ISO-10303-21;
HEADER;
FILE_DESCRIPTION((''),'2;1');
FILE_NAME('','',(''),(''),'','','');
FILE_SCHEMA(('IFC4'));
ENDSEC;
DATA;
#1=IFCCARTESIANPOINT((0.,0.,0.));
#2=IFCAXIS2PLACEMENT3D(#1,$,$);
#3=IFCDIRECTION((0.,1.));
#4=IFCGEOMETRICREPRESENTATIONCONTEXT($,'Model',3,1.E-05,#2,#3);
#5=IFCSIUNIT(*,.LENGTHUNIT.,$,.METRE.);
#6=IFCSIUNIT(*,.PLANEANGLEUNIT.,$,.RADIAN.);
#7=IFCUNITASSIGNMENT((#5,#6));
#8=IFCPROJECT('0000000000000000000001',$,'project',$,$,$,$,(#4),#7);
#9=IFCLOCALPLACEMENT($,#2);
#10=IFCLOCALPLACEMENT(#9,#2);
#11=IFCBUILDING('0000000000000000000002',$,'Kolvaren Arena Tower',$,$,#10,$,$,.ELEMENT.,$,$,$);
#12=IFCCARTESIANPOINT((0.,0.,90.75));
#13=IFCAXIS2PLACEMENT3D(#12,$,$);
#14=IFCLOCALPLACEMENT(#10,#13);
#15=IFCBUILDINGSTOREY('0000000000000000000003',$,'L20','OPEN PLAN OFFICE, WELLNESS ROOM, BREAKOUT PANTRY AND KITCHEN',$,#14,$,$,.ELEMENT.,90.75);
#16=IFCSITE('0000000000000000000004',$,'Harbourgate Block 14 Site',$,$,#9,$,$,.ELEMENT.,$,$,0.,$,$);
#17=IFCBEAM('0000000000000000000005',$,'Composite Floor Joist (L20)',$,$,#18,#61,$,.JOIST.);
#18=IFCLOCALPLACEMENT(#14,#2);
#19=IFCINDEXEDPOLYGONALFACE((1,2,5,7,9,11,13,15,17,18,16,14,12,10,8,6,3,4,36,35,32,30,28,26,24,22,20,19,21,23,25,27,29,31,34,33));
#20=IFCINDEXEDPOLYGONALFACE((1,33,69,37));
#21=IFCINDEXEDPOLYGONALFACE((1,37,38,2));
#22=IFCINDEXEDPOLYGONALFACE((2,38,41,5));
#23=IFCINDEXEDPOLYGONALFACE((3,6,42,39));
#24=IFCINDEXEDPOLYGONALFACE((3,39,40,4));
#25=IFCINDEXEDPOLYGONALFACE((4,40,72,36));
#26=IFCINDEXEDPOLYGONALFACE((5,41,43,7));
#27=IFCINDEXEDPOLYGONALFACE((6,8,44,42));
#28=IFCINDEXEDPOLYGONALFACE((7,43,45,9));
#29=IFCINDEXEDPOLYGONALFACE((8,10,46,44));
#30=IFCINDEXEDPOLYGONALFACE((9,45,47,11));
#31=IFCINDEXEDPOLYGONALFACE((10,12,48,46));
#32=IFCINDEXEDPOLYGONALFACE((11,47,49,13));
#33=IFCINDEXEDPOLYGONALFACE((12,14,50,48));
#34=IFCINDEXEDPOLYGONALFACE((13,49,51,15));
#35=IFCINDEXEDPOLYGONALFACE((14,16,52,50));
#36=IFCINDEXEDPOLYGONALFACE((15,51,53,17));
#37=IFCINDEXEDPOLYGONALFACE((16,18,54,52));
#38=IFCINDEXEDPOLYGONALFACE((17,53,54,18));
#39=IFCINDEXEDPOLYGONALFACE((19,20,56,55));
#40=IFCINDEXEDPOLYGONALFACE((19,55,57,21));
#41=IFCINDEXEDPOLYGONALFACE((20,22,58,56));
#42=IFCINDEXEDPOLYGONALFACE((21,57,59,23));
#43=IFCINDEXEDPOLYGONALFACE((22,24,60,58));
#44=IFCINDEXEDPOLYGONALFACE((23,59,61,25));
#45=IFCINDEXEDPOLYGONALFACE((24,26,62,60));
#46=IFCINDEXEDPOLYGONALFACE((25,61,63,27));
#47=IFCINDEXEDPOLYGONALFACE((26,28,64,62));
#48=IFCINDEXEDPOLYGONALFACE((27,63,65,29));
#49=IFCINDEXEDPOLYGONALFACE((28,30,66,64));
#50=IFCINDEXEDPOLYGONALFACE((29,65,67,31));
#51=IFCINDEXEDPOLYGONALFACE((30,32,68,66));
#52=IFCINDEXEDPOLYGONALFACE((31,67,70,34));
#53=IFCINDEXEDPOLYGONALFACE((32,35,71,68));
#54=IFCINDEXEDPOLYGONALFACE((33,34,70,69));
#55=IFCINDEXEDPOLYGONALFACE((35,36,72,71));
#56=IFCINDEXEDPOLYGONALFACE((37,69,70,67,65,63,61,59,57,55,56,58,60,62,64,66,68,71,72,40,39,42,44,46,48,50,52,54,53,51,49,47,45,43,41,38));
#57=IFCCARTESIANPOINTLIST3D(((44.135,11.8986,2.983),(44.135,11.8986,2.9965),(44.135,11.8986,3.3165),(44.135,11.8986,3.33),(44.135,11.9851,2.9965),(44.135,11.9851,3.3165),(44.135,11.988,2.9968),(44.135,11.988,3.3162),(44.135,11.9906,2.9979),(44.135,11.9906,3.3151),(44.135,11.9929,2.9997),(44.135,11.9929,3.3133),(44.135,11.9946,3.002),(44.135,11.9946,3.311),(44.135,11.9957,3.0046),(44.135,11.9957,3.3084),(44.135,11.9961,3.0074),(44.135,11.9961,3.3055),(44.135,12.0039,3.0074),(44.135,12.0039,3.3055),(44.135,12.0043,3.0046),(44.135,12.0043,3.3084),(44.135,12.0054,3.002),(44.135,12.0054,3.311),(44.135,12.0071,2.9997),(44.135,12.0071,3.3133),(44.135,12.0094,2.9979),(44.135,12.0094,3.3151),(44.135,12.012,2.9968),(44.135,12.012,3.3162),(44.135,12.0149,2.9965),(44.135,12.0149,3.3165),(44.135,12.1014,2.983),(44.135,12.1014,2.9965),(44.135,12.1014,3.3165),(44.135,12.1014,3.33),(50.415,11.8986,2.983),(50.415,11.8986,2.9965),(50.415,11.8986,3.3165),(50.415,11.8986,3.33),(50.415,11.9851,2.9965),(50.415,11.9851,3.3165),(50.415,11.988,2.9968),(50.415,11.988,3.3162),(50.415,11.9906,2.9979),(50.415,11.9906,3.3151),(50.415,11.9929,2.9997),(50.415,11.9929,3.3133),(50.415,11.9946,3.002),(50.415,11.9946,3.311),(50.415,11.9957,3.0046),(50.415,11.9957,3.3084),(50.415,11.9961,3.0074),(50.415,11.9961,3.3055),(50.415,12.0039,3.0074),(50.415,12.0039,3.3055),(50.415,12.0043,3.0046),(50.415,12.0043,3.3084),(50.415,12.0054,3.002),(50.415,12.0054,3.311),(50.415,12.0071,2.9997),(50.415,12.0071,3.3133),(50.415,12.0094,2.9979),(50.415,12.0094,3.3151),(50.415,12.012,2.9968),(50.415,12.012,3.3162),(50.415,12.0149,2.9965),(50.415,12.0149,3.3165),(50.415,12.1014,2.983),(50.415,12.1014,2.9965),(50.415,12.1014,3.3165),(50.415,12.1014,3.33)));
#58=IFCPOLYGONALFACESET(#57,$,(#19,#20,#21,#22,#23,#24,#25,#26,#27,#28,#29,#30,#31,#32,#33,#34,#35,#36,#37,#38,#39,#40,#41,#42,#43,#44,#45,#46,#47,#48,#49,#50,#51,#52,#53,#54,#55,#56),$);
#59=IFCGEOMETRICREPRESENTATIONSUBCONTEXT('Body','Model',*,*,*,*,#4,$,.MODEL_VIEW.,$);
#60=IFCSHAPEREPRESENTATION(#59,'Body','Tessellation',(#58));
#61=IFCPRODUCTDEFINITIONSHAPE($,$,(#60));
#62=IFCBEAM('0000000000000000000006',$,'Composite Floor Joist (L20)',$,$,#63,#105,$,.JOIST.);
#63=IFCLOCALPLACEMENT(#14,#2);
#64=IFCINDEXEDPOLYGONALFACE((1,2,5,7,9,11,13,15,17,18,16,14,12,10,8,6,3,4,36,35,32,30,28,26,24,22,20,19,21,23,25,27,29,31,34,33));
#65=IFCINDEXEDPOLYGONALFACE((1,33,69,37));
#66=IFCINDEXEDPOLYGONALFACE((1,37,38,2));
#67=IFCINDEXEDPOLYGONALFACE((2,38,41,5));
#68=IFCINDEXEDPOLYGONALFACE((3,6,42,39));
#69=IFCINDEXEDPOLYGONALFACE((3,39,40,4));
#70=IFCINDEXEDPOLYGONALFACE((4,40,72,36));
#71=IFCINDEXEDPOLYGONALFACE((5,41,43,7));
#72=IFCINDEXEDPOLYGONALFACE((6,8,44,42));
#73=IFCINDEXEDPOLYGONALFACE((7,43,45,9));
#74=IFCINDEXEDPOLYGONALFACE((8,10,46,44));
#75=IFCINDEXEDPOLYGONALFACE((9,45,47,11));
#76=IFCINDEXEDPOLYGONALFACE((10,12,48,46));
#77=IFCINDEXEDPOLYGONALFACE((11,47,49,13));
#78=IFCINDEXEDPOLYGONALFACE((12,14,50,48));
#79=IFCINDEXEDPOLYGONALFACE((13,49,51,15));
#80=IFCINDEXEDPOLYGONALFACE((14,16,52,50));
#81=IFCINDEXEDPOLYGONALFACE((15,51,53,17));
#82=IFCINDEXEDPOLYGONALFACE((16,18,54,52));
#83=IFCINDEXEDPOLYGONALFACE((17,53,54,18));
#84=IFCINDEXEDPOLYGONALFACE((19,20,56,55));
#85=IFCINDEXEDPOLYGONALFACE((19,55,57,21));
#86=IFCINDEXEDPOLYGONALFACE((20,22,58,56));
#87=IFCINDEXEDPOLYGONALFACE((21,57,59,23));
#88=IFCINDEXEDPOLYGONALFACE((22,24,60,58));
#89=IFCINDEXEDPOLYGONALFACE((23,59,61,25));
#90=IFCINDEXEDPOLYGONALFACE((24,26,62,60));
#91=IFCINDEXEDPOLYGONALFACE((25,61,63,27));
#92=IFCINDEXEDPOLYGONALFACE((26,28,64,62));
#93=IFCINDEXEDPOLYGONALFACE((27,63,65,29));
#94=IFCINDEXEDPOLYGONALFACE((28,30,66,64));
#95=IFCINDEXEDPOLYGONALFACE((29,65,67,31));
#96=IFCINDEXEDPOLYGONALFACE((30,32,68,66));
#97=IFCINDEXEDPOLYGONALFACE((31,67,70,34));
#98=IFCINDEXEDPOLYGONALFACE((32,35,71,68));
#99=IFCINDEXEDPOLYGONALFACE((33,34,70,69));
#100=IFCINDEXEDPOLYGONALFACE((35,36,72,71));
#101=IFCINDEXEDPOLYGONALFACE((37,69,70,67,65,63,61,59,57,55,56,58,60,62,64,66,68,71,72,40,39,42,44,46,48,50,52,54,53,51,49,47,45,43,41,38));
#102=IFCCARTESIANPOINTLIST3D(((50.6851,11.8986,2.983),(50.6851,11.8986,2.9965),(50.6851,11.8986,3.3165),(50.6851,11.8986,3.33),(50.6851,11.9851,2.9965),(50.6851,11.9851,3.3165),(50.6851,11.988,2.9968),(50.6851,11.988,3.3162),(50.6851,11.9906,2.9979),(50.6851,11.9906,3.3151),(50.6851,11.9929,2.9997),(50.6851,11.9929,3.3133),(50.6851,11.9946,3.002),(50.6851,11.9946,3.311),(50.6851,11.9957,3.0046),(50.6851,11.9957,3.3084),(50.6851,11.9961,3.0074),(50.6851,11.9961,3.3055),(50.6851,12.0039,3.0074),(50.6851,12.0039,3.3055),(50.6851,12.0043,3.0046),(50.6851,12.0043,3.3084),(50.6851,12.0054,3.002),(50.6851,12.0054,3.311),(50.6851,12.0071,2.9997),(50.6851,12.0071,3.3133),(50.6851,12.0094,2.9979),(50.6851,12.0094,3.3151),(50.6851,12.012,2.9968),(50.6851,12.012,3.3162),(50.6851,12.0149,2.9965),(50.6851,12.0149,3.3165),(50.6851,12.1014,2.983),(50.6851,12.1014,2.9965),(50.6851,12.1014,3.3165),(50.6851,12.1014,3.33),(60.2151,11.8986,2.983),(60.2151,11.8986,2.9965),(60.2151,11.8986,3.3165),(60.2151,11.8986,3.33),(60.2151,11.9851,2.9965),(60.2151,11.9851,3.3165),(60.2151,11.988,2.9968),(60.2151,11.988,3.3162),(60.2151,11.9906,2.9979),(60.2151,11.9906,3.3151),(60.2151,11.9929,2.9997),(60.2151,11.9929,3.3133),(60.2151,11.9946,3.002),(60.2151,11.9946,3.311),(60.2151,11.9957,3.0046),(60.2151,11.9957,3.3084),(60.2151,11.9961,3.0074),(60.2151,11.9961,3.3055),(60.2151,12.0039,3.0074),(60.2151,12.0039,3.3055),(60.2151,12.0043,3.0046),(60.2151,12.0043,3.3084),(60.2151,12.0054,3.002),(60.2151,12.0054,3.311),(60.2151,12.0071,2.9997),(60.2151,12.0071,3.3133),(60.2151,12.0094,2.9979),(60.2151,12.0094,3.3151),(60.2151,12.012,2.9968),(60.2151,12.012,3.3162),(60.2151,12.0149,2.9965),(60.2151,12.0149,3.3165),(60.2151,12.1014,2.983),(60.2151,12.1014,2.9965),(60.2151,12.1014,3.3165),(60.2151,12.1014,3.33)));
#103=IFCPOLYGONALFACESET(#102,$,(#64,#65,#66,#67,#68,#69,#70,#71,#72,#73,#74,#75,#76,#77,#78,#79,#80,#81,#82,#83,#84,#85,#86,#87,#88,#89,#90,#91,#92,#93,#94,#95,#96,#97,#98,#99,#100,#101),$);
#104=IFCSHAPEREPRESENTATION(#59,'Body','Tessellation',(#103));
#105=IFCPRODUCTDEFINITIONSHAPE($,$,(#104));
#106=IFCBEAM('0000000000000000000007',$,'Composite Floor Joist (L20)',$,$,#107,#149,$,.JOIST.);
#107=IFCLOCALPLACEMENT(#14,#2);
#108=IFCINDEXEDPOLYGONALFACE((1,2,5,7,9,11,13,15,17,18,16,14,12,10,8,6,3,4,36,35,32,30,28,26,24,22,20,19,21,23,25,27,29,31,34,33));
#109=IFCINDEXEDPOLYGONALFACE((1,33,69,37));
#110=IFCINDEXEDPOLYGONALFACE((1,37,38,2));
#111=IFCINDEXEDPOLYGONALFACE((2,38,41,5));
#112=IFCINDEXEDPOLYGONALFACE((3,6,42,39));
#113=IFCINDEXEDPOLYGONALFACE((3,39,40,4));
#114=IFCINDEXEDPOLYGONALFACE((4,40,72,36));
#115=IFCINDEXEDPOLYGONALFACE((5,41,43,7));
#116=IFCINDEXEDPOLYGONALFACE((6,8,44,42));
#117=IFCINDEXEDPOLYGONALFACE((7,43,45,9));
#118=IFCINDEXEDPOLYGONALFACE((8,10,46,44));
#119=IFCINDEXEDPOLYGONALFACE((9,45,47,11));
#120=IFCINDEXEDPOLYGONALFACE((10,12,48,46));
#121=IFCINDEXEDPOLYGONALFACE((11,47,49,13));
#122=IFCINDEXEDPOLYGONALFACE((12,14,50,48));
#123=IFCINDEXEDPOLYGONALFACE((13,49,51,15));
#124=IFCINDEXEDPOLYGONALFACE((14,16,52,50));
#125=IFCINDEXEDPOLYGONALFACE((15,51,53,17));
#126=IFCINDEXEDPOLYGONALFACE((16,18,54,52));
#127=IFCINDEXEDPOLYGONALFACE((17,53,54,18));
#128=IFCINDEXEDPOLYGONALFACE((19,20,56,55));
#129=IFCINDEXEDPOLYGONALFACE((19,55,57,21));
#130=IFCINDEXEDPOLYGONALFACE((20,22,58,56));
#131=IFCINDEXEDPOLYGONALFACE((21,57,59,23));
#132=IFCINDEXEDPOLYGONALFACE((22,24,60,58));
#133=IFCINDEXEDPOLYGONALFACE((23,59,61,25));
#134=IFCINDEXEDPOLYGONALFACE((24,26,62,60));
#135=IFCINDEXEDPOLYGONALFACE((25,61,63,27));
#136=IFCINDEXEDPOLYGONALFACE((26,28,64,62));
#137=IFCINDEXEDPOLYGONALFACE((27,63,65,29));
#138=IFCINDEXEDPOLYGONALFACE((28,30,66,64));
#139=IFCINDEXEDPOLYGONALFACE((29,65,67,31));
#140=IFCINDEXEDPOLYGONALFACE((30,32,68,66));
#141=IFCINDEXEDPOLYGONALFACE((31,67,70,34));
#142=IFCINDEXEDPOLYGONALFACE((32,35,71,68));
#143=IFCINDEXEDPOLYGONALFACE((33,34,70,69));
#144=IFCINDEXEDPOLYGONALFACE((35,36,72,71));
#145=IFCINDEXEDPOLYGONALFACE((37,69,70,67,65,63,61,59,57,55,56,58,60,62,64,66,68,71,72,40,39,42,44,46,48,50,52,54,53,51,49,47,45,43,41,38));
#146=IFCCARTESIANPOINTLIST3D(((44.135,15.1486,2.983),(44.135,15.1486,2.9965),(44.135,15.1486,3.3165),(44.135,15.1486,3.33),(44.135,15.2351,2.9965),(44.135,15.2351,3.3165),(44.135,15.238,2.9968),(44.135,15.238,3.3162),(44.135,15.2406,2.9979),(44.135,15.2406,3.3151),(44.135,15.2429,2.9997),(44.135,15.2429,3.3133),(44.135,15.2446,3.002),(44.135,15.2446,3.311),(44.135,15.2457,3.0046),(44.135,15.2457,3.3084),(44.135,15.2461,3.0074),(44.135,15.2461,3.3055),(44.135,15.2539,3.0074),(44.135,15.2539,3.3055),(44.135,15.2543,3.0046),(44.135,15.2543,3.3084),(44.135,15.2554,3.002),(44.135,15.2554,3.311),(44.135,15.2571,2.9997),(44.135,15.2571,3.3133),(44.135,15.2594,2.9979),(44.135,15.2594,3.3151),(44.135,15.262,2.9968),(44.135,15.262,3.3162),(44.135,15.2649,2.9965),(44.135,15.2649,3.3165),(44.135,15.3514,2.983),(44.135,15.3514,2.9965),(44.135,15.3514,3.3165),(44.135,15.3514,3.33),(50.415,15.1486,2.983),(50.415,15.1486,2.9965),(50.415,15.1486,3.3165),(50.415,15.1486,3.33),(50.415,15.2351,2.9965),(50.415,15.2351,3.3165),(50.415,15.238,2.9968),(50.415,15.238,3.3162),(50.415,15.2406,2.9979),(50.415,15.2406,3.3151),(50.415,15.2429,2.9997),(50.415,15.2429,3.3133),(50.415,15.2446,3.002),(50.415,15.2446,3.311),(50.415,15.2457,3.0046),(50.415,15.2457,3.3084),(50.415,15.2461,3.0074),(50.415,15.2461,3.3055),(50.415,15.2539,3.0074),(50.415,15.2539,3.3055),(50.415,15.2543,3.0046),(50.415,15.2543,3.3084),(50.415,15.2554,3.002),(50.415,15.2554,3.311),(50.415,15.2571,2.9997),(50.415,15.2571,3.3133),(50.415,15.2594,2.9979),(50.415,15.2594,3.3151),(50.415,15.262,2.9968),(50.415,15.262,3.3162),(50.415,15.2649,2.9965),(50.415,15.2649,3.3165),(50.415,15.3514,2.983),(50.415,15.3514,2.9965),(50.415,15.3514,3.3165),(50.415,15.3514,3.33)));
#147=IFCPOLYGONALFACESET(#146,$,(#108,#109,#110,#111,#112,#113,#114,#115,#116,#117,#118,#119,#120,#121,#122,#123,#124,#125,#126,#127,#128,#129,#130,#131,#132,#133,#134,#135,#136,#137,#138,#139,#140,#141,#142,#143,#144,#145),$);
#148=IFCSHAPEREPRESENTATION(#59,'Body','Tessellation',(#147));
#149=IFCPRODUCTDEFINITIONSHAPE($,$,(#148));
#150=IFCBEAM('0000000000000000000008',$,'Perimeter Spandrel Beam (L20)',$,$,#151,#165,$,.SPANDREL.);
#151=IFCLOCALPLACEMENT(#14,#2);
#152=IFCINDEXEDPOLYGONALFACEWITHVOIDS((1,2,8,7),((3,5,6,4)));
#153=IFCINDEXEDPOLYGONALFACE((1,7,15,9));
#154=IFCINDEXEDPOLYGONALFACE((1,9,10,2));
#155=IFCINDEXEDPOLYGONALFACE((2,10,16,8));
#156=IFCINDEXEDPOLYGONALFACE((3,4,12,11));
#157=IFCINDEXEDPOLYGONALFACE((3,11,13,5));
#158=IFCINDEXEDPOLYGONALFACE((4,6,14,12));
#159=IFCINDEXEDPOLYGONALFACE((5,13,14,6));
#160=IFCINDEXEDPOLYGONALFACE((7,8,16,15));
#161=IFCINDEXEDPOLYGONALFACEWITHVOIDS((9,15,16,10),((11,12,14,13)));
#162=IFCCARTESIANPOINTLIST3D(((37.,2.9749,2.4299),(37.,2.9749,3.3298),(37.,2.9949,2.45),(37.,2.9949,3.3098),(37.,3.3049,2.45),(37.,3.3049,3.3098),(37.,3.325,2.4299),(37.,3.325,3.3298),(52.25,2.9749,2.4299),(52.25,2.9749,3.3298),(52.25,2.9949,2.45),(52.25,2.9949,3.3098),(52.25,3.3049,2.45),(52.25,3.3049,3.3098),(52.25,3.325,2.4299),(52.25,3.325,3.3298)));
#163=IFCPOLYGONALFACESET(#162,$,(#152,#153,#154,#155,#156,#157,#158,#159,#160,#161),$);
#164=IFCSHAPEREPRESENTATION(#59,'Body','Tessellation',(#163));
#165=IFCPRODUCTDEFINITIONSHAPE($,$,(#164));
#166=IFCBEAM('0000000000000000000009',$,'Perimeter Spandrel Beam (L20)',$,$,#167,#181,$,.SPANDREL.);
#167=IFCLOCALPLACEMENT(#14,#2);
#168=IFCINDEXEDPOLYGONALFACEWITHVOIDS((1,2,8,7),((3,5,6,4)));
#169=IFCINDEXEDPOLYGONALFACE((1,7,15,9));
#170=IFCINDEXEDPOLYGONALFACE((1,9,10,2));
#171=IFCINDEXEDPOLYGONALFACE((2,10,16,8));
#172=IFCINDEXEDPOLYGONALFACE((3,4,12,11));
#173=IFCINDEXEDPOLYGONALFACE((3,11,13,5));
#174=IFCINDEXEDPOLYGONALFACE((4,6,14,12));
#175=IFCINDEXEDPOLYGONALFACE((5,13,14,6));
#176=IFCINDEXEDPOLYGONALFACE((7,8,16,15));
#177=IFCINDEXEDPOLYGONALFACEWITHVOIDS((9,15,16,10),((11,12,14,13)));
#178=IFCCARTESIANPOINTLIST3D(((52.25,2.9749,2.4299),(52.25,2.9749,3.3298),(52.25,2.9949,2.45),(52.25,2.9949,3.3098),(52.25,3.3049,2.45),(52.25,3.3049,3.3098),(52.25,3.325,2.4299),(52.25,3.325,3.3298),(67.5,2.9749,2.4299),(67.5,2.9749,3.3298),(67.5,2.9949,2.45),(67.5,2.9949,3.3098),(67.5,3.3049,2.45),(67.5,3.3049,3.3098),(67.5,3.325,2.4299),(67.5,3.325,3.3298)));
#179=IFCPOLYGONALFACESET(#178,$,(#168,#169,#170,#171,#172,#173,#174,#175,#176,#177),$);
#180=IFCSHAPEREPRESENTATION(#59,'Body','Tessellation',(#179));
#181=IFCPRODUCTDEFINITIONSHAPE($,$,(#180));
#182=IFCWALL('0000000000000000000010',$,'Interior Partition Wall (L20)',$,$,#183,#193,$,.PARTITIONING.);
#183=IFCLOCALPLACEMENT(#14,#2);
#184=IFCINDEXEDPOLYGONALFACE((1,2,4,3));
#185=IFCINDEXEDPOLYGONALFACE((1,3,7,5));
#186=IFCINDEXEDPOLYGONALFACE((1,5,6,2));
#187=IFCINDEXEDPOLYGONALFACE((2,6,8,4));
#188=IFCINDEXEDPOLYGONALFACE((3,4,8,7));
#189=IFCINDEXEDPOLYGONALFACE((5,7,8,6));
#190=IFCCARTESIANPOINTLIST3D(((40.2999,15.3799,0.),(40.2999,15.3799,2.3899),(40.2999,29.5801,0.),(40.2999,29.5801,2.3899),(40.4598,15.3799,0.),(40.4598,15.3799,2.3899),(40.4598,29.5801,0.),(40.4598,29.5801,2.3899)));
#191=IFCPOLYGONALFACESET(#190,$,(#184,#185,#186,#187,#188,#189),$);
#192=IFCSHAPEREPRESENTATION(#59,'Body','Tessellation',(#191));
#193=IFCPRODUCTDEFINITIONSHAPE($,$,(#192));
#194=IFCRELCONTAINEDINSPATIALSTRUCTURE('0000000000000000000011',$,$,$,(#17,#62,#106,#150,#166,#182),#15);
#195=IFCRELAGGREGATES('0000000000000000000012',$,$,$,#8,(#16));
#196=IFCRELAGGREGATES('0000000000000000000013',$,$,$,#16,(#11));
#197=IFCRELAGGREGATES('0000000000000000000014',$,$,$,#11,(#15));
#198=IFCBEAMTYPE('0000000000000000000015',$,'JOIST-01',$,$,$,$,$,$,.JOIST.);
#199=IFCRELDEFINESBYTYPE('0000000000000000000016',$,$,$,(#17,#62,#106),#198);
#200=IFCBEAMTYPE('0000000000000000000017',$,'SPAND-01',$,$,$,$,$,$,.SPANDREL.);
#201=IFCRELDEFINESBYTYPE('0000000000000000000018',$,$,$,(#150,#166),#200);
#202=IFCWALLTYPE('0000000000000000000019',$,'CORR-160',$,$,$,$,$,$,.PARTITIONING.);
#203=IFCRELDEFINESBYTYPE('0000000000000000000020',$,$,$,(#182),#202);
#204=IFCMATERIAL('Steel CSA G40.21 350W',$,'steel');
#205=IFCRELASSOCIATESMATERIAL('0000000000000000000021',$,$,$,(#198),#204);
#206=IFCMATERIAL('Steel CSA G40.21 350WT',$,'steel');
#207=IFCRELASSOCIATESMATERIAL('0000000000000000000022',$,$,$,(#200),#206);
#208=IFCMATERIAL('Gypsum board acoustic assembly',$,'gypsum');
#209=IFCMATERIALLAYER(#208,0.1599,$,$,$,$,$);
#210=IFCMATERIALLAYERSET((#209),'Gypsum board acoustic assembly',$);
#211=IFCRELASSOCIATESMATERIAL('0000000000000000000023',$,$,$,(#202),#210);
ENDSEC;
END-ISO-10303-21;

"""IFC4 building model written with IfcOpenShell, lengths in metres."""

from ifc_helpers import new_model, si_unit, direction, frame, frame_2d, origin, origin_2d, place, context, subcontext, project, spatial, rectangle, hollow_rectangle, i_section, extrude, material, layer, layer_set, material_profile, profile_set, type_object, element, save


model = new_model("IFC4")

# Units and contexts
model_context = context("Model", 3, precision=1e-05, world=origin(), true_north=direction((0.0, 1.0)))
body_context = subcontext(model_context, "Body", "Model", "MODEL_VIEW")
ifc_project = project(units=[si_unit("LENGTHUNIT", "METRE"), si_unit("PLANEANGLEUNIT", "RADIAN")], contexts=[model_context])

# Site, building, storey
site_placement = place(None, origin())
site = spatial("IfcSite", under=ifc_project, at=site_placement, Name="Harbourgate Block 14 Site", CompositionType="ELEMENT", RefElevation=0.0)
building_placement = place(site_placement, origin())
building = spatial("IfcBuilding", under=site, at=building_placement, Name="Kolvaren Arena Tower", CompositionType="ELEMENT")
storey_placement = place(building_placement, frame((0.0, 0.0, 90.75)))
storey = spatial("IfcBuildingStorey", under=building, at=storey_placement, Name="L20", Description="OPEN PLAN OFFICE, WELLNESS ROOM, BREAKOUT PANTRY AND KITCHEN", CompositionType="ELEMENT", Elevation=90.75)

# Beams
ifc_material_1 = material(Name="Steel CSA G40.21 350W", Category="steel")
ifc_material_profile_1 = material_profile(ifc_material_1, i_section(OverallWidth=0.2029, OverallDepth=0.3469, WebThickness=0.0078, FlangeThickness=0.0134, FilletRadius=0.011, at=origin_2d()), Name="W360x64")
ifc_profile_set_1 = profile_set([ifc_material_profile_1], Name="Steel CSA G40.21 350W")
beam_type_1 = type_object("IfcBeamType", Name="JOIST-01", PredefinedType="JOIST", material=ifc_profile_set_1)
beam_1_placement = place(storey_placement, frame((44.135, 12.0, 3.1565), z_axis=(1.0, 0.0, 0.0), x_axis=(0.0, 1.0, 0.0)))
element("IfcBeam", 1, at=beam_1_placement, inside=storey, type_object=beam_type_1, Name="Composite Floor Joist (L20)", PredefinedType="JOIST", context=body_context, shape_type="SweptSolid", body=[
    extrude(i_section(OverallWidth=0.2029, OverallDepth=0.3469, WebThickness=0.0078, FlangeThickness=0.0134, FilletRadius=0.011, at=origin_2d()), origin(), (0.0, 0.0, 1.0), 6.28),
])
beam_2_placement = place(storey_placement, frame((50.6851, 12.0, 3.1565), z_axis=(1.0, 0.0, 0.0), x_axis=(0.0, 1.0, 0.0)))
element("IfcBeam", 2, at=beam_2_placement, inside=storey, type_object=beam_type_1, Name="Composite Floor Joist (L20)", PredefinedType="JOIST", context=body_context, shape_type="SweptSolid", body=[
    extrude(i_section(OverallWidth=0.2029, OverallDepth=0.3469, WebThickness=0.0078, FlangeThickness=0.0134, FilletRadius=0.011, at=origin_2d()), origin(), (0.0, 0.0, 1.0), 9.53),
])
beam_3_placement = place(storey_placement, frame((44.135, 15.25, 3.1565), z_axis=(1.0, 0.0, 0.0), x_axis=(0.0, 1.0, 0.0)))
element("IfcBeam", 3, at=beam_3_placement, inside=storey, type_object=beam_type_1, Name="Composite Floor Joist (L20)", PredefinedType="JOIST", context=body_context, shape_type="SweptSolid", body=[
    extrude(i_section(OverallWidth=0.2029, OverallDepth=0.3469, WebThickness=0.0078, FlangeThickness=0.0134, FilletRadius=0.011, at=origin_2d()), origin(), (0.0, 0.0, 1.0), 6.28),
])
ifc_material_2 = material(Name="Steel CSA G40.21 350WT", Category="steel")
ifc_material_profile_2 = material_profile(ifc_material_2, hollow_rectangle(XDim=0.3501, YDim=0.8999, WallThickness=0.02, at=origin_2d()), Name="HSS 900x350x20")
ifc_profile_set_2 = profile_set([ifc_material_profile_2], Name="Steel CSA G40.21 350WT")
beam_type_2 = type_object("IfcBeamType", Name="SPAND-01", PredefinedType="SPANDREL", material=ifc_profile_set_2)
for number, where, z_axis, x_axis, name in (
    (4, (37.0, 3.1499, 2.8799), (1.0, 0.0, 0.0), (0.0, 1.0, 0.0), "Perimeter Spandrel Beam (L20)"),
    (5, (52.25, 3.1499, 2.8799), (1.0, 0.0, 0.0), (0.0, 1.0, 0.0), "Perimeter Spandrel Beam (L20)"),
):
    element("IfcBeam", number, at=place(storey_placement, frame(where, z_axis=z_axis, x_axis=x_axis)), inside=storey, type_object=beam_type_2, Name=name, PredefinedType="SPANDREL", context=body_context, shape_type="SweptSolid", body=[
        extrude(hollow_rectangle(XDim=0.3501, YDim=0.8999, WallThickness=0.02, at=origin_2d()), origin(), (0.0, 0.0, 1.0), 15.25),
    ])

# Wall
ifc_material_3 = material(Name="Gypsum board acoustic assembly", Category="gypsum")
ifc_layer_1 = layer(ifc_material_3, 0.1599)
ifc_layer_set_1 = layer_set([ifc_layer_1], Name="Gypsum board acoustic assembly")
wall_type_1 = type_object("IfcWallType", Name="CORR-160", PredefinedType="PARTITIONING", material=ifc_layer_set_1)
for number, where, z_axis, x_axis, name in (
    (6, (40.3799, 15.3799, 0.0), (0.0, 0.0, 1.0), (0.0, 1.0, 0.0), "Interior Partition Wall (L20)"),
):
    element("IfcWall", number, at=place(storey_placement, frame(where, z_axis=z_axis, x_axis=x_axis)), inside=storey, type_object=wall_type_1, Name=name, PredefinedType="PARTITIONING", context=body_context, shape_type="SweptSolid", body=[
        extrude(rectangle(XDim=14.2002, YDim=0.1599, at=frame_2d((7.1001, 0.0))), origin(), (0.0, 0.0, 1.0), 2.3899),
    ])

save(model, "model.ifc")
